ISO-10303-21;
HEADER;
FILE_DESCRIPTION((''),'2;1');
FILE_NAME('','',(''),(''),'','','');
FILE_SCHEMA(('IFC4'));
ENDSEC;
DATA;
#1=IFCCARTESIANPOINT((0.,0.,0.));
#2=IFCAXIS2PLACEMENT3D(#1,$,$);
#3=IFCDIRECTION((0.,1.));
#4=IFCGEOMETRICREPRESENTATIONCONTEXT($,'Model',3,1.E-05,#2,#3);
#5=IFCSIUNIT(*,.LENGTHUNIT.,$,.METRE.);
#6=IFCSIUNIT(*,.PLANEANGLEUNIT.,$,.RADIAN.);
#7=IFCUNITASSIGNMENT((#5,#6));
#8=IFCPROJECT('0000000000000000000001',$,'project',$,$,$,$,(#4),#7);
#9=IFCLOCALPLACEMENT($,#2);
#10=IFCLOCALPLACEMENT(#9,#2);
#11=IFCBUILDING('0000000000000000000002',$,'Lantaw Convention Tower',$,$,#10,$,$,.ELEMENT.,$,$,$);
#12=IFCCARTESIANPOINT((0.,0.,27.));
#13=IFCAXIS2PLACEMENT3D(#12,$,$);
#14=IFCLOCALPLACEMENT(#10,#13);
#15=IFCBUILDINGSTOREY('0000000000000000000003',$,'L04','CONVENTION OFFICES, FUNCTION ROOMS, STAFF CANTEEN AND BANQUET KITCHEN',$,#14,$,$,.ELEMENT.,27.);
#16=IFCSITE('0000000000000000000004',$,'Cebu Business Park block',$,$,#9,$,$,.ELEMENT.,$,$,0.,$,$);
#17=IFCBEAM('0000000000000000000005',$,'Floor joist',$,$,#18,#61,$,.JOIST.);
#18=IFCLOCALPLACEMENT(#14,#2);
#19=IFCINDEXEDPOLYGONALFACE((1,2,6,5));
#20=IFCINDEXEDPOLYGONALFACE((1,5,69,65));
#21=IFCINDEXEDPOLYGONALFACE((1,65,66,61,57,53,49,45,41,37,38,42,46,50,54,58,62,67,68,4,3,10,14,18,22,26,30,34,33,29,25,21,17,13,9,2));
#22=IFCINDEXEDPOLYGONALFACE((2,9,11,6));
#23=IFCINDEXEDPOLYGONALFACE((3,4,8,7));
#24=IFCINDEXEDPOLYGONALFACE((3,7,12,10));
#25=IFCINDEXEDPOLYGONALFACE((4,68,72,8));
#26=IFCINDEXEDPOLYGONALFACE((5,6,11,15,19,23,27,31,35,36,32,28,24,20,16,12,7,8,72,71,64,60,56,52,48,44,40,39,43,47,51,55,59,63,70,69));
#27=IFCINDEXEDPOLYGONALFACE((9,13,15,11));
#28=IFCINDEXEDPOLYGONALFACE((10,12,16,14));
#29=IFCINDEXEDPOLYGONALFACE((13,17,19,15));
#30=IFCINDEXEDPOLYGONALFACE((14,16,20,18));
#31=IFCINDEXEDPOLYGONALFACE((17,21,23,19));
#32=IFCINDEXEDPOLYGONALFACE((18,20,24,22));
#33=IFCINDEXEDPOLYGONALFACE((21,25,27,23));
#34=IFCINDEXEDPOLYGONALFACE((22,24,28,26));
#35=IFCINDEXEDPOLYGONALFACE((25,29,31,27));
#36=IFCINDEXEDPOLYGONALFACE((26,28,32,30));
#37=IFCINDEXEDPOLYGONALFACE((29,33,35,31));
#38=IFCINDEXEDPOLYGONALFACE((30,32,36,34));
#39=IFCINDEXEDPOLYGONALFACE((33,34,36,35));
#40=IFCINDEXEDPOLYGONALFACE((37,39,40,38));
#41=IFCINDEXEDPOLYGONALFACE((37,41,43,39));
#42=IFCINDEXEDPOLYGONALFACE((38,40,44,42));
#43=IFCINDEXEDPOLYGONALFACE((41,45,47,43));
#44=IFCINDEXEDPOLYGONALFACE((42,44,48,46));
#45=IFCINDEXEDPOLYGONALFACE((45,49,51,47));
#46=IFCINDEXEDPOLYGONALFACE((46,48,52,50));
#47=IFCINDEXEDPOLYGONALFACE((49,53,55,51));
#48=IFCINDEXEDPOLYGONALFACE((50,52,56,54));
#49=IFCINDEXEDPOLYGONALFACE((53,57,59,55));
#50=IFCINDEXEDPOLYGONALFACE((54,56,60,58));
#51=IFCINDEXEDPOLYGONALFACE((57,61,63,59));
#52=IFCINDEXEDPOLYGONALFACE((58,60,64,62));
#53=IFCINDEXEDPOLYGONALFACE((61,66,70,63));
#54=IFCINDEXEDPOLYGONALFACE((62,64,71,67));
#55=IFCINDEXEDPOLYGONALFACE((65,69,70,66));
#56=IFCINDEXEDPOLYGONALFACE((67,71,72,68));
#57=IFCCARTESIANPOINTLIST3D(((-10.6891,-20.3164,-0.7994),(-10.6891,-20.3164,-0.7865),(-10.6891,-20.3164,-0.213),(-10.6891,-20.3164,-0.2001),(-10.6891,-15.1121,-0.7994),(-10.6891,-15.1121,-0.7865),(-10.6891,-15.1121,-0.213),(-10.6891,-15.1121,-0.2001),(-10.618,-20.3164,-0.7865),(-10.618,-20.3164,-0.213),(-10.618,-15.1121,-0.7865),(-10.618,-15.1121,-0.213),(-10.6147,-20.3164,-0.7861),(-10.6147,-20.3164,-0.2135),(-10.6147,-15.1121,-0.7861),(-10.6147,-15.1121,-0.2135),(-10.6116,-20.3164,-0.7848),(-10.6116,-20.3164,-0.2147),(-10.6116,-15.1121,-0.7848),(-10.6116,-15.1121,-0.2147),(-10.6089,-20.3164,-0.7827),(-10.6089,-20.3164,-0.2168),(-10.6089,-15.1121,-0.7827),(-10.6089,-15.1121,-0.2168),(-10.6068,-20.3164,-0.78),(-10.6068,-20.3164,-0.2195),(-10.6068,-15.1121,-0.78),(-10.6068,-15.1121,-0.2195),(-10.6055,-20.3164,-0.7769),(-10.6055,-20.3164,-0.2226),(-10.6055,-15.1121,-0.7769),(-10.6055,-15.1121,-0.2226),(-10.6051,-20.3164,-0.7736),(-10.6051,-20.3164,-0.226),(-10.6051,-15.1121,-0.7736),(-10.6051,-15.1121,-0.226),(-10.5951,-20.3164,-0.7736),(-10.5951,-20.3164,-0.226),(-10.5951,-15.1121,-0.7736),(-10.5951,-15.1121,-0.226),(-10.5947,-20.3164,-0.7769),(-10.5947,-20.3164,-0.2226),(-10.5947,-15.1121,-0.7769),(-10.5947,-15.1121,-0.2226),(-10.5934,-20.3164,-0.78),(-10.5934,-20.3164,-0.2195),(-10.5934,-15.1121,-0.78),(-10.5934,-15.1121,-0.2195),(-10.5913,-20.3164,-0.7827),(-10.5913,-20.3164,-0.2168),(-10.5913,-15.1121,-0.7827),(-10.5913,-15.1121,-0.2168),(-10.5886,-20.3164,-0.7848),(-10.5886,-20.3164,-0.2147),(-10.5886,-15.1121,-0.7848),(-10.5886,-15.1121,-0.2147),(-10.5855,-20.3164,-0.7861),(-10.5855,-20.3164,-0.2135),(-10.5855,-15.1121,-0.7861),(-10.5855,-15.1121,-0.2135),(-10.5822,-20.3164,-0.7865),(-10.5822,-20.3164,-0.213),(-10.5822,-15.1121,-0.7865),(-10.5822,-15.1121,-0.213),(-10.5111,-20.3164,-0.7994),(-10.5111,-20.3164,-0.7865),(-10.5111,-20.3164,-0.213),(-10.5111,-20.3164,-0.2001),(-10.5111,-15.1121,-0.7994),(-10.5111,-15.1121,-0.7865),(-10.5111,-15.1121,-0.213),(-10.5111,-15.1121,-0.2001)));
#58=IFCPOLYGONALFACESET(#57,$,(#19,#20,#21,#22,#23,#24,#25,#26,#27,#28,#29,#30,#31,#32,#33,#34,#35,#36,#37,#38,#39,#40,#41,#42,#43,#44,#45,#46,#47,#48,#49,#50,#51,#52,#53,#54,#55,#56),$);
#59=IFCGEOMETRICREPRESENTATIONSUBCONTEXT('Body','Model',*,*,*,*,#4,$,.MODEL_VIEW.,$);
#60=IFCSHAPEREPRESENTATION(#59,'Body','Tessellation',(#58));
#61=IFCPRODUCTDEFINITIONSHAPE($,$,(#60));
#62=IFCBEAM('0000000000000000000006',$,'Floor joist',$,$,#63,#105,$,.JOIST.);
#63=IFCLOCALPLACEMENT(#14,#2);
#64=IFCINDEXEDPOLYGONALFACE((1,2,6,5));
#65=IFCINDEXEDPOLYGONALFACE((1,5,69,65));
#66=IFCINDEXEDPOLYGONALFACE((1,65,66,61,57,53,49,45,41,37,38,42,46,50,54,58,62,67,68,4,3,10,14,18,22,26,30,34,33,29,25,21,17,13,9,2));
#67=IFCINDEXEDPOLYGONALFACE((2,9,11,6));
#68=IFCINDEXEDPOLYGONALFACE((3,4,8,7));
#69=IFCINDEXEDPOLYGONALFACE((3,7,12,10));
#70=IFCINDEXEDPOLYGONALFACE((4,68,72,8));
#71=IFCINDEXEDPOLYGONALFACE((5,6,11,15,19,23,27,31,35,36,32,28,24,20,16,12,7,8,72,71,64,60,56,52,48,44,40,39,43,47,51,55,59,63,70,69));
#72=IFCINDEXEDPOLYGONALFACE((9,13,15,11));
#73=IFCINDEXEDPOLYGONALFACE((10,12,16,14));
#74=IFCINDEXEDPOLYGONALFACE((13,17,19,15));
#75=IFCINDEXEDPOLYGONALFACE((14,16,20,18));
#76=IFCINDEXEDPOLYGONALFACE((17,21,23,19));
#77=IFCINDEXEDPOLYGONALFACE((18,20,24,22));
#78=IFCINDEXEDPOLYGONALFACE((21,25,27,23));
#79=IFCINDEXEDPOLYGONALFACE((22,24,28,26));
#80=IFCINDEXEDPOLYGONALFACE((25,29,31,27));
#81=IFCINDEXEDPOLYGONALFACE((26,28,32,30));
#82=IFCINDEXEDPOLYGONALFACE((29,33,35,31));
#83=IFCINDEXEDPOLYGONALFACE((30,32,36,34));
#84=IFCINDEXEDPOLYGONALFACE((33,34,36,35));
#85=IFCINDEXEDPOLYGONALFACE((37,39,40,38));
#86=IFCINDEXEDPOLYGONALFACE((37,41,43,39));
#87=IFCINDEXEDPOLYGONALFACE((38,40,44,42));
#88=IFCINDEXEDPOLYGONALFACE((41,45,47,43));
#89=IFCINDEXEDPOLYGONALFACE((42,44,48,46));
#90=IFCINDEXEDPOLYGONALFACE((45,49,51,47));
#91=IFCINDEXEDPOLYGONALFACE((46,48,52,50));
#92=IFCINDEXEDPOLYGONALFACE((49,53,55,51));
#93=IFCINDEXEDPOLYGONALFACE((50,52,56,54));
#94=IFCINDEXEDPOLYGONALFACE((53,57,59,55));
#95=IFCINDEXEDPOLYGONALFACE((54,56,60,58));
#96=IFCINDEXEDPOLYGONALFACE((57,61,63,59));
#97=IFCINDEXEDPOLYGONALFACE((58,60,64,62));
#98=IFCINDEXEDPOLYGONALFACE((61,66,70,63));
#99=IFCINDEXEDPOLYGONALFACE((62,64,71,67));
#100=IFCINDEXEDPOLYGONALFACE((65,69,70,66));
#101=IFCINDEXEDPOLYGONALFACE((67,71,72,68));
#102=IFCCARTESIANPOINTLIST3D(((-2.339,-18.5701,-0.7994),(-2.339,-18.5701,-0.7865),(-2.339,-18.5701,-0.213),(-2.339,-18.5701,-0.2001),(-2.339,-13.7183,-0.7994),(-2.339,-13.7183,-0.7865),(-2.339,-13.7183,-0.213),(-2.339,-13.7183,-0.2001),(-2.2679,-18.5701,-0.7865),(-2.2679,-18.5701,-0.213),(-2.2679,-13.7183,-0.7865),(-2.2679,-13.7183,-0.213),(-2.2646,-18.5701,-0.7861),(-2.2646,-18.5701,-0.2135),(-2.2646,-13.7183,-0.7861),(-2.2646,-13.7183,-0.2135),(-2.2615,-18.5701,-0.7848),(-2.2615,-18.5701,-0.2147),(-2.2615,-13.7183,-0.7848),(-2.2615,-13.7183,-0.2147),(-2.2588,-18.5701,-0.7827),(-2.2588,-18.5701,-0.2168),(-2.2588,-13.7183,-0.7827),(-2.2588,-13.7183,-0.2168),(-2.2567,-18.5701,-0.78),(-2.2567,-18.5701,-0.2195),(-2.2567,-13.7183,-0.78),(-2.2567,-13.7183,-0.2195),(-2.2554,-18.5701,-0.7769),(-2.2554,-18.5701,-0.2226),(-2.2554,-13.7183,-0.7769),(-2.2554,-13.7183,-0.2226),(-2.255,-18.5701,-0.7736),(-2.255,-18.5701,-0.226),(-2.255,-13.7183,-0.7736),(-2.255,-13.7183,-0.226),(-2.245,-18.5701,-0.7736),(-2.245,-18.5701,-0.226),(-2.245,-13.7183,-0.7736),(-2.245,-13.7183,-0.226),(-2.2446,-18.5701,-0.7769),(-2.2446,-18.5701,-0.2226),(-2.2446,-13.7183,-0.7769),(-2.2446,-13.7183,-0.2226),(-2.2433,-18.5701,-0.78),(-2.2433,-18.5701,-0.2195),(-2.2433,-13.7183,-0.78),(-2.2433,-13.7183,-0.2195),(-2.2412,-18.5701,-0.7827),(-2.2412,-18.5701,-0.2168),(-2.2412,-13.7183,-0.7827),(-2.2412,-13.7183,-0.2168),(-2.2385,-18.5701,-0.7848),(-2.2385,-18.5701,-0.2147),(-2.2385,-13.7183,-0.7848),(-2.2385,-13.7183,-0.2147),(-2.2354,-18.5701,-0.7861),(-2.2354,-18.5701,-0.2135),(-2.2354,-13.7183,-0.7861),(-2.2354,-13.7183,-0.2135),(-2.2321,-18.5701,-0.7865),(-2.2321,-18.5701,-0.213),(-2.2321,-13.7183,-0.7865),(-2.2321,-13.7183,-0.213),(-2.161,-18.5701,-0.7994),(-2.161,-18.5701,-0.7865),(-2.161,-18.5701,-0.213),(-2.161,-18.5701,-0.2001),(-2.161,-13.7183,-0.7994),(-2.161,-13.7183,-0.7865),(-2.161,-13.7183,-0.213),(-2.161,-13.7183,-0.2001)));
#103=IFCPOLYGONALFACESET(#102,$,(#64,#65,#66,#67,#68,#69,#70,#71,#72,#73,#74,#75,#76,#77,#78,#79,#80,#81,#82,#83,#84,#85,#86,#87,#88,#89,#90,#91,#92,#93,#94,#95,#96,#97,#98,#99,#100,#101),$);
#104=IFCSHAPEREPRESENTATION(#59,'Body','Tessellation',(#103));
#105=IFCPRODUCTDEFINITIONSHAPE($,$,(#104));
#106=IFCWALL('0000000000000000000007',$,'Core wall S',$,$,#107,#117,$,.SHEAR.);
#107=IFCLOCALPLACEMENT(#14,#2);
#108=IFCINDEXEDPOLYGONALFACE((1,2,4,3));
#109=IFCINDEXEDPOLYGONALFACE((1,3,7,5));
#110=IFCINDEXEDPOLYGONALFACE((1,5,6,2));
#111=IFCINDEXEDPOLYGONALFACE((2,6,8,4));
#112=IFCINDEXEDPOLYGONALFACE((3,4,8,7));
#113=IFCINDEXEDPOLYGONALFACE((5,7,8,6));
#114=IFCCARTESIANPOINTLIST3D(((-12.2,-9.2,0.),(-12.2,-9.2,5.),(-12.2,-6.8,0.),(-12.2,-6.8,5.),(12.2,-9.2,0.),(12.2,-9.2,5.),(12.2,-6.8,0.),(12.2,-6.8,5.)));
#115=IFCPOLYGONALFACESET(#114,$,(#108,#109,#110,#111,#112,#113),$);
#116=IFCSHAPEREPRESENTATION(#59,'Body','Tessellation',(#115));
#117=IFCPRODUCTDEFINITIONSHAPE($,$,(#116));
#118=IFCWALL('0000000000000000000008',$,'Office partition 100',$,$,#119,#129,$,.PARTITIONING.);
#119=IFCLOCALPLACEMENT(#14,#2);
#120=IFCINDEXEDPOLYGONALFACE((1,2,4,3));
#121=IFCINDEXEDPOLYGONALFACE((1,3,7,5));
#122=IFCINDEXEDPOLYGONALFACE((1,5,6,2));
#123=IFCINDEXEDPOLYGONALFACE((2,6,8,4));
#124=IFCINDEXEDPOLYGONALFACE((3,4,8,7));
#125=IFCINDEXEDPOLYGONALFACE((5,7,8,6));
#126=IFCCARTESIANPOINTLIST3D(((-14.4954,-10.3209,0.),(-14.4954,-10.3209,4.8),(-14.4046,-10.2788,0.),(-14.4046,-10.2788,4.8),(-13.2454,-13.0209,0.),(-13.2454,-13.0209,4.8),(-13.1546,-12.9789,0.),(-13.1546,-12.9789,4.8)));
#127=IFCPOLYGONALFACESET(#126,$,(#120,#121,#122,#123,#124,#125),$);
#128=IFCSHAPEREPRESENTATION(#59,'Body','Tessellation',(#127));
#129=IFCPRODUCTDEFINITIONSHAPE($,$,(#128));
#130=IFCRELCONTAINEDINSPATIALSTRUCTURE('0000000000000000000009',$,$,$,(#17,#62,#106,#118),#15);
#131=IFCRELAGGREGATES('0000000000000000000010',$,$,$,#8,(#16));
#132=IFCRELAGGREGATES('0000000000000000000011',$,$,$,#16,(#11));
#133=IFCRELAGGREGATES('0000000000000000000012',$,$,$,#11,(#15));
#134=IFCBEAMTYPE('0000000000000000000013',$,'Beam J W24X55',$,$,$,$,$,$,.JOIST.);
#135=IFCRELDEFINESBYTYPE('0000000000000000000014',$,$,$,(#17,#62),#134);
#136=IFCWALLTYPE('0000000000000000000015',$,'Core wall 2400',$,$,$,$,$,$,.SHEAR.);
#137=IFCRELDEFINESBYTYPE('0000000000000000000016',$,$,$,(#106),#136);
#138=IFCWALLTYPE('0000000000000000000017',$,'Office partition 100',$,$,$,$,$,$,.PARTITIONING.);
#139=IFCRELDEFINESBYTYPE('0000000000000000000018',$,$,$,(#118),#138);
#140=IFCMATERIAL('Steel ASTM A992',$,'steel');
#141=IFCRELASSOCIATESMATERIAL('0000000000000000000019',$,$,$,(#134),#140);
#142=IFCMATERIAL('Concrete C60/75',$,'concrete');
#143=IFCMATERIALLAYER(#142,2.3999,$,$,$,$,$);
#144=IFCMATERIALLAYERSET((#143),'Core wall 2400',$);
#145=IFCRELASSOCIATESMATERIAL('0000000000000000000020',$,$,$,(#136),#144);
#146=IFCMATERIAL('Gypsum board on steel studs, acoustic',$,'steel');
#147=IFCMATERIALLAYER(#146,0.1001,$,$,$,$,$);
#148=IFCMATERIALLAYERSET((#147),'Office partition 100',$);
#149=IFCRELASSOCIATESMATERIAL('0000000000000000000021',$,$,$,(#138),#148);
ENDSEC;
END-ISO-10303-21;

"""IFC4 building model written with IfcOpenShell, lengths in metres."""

from ifc_helpers import new_model, si_unit, direction, frame, frame_2d, origin, origin_2d, place, context, subcontext, project, spatial, rectangle, i_section, extrude, material, layer, layer_set, material_profile, profile_set, type_object, element, save


model = new_model("IFC4")

# Units and contexts
model_context = context("Model", 3, precision=1e-05, world=origin(), true_north=direction((0.0, 1.0)))
body_context = subcontext(model_context, "Body", "Model", "MODEL_VIEW")
ifc_project = project(units=[si_unit("LENGTHUNIT", "METRE"), si_unit("PLANEANGLEUNIT", "RADIAN")], contexts=[model_context])

# Site, building, storey
site_placement = place(None, origin())
site = spatial("IfcSite", under=ifc_project, at=site_placement, Name="Cebu Business Park block", CompositionType="ELEMENT", RefElevation=0.0)
building_placement = place(site_placement, origin())
building = spatial("IfcBuilding", under=site, at=building_placement, Name="Lantaw Convention Tower", CompositionType="ELEMENT")
storey_placement = place(building_placement, frame((0.0, 0.0, 27.0)))
storey = spatial("IfcBuildingStorey", under=building, at=storey_placement, Name="L04", Description="CONVENTION OFFICES, FUNCTION ROOMS, STAFF CANTEEN AND BANQUET KITCHEN", CompositionType="ELEMENT", Elevation=27.0)

# Shared definitions
ifc_material_1 = material(Name="Concrete C60/75", Category="concrete")

# Beams
ifc_material_2 = material(Name="Steel ASTM A992", Category="steel")
ifc_material_profile_1 = material_profile(ifc_material_2, i_section(OverallWidth=0.178, OverallDepth=0.5994, WebThickness=0.01, FlangeThickness=0.0129, FilletRadius=0.0129, at=origin_2d()), Name="W24X55")
ifc_profile_set_1 = profile_set([ifc_material_profile_1], Name="Steel ASTM A992")
beam_type_1 = type_object("IfcBeamType", Name="Beam J W24X55", PredefinedType="JOIST", material=ifc_profile_set_1)
beam_1_placement = place(storey_placement, frame((-10.6001, -20.3164, -0.4998), z_axis=(0.0, 1.0, 0.0), x_axis=(-1.0, 0.0, 0.0)))
element("IfcBeam", 1, at=beam_1_placement, inside=storey, type_object=beam_type_1, Name="Floor joist", PredefinedType="JOIST", context=body_context, shape_type="SweptSolid", body=[
    extrude(i_section(OverallWidth=0.178, OverallDepth=0.5994, WebThickness=0.01, FlangeThickness=0.0129, FilletRadius=0.0129, at=origin_2d()), origin(), (0.0, 0.0, 1.0), 5.2043),
])
beam_2_placement = place(storey_placement, frame((-2.25, -18.5701, -0.4998), z_axis=(0.0, 1.0, 0.0), x_axis=(-1.0, 0.0, 0.0)))
element("IfcBeam", 2, at=beam_2_placement, inside=storey, type_object=beam_type_1, Name="Floor joist", PredefinedType="JOIST", context=body_context, shape_type="SweptSolid", body=[
    extrude(i_section(OverallWidth=0.178, OverallDepth=0.5994, WebThickness=0.01, FlangeThickness=0.0129, FilletRadius=0.0129, at=origin_2d()), origin(), (0.0, 0.0, 1.0), 4.8518),
])

# Walls
ifc_layer_1 = layer(ifc_material_1, 2.3999)
ifc_layer_set_1 = layer_set([ifc_layer_1], Name="Core wall 2400")
wall_type_1 = type_object("IfcWallType", Name="Core wall 2400", PredefinedType="SHEAR", material=ifc_layer_set_1)
wall_1_placement = place(storey_placement, frame((-12.2, -8.0, 0.0), z_axis=(0.0, 0.0, 1.0), x_axis=(1.0, 0.0, 0.0)))
element("IfcWall", 3, at=wall_1_placement, inside=storey, type_object=wall_type_1, Name="Core wall S", PredefinedType="SHEAR", context=body_context, shape_type="SweptSolid", body=[
    extrude(rectangle(XDim=24.3999, YDim=2.3999, at=frame_2d((12.2, 0.0))), origin(), (0.0, 0.0, 1.0), 5.0),
])
ifc_material_3 = material(Name="Gypsum board on steel studs, acoustic", Category="steel")
ifc_layer_2 = layer(ifc_material_3, 0.1001)
ifc_layer_set_2 = layer_set([ifc_layer_2], Name="Office partition 100")
wall_type_2 = type_object("IfcWallType", Name="Office partition 100", PredefinedType="PARTITIONING", material=ifc_layer_set_2)
wall_2_placement = place(storey_placement, frame((-13.2, -13.0, 0.0), z_axis=(0.0, 0.0, 1.0), x_axis=(-0.42013, 0.907464, 0.0)))
element("IfcWall", 4, at=wall_2_placement, inside=storey, type_object=wall_type_2, Name="Office partition 100", PredefinedType="PARTITIONING", context=body_context, shape_type="SweptSolid", body=[
    extrude(rectangle(XDim=2.9753, YDim=0.1001, at=frame_2d((1.4878, 0.0))), origin(), (0.0, 0.0, 1.0), 4.8),
])

save(model, "model.ifc")
